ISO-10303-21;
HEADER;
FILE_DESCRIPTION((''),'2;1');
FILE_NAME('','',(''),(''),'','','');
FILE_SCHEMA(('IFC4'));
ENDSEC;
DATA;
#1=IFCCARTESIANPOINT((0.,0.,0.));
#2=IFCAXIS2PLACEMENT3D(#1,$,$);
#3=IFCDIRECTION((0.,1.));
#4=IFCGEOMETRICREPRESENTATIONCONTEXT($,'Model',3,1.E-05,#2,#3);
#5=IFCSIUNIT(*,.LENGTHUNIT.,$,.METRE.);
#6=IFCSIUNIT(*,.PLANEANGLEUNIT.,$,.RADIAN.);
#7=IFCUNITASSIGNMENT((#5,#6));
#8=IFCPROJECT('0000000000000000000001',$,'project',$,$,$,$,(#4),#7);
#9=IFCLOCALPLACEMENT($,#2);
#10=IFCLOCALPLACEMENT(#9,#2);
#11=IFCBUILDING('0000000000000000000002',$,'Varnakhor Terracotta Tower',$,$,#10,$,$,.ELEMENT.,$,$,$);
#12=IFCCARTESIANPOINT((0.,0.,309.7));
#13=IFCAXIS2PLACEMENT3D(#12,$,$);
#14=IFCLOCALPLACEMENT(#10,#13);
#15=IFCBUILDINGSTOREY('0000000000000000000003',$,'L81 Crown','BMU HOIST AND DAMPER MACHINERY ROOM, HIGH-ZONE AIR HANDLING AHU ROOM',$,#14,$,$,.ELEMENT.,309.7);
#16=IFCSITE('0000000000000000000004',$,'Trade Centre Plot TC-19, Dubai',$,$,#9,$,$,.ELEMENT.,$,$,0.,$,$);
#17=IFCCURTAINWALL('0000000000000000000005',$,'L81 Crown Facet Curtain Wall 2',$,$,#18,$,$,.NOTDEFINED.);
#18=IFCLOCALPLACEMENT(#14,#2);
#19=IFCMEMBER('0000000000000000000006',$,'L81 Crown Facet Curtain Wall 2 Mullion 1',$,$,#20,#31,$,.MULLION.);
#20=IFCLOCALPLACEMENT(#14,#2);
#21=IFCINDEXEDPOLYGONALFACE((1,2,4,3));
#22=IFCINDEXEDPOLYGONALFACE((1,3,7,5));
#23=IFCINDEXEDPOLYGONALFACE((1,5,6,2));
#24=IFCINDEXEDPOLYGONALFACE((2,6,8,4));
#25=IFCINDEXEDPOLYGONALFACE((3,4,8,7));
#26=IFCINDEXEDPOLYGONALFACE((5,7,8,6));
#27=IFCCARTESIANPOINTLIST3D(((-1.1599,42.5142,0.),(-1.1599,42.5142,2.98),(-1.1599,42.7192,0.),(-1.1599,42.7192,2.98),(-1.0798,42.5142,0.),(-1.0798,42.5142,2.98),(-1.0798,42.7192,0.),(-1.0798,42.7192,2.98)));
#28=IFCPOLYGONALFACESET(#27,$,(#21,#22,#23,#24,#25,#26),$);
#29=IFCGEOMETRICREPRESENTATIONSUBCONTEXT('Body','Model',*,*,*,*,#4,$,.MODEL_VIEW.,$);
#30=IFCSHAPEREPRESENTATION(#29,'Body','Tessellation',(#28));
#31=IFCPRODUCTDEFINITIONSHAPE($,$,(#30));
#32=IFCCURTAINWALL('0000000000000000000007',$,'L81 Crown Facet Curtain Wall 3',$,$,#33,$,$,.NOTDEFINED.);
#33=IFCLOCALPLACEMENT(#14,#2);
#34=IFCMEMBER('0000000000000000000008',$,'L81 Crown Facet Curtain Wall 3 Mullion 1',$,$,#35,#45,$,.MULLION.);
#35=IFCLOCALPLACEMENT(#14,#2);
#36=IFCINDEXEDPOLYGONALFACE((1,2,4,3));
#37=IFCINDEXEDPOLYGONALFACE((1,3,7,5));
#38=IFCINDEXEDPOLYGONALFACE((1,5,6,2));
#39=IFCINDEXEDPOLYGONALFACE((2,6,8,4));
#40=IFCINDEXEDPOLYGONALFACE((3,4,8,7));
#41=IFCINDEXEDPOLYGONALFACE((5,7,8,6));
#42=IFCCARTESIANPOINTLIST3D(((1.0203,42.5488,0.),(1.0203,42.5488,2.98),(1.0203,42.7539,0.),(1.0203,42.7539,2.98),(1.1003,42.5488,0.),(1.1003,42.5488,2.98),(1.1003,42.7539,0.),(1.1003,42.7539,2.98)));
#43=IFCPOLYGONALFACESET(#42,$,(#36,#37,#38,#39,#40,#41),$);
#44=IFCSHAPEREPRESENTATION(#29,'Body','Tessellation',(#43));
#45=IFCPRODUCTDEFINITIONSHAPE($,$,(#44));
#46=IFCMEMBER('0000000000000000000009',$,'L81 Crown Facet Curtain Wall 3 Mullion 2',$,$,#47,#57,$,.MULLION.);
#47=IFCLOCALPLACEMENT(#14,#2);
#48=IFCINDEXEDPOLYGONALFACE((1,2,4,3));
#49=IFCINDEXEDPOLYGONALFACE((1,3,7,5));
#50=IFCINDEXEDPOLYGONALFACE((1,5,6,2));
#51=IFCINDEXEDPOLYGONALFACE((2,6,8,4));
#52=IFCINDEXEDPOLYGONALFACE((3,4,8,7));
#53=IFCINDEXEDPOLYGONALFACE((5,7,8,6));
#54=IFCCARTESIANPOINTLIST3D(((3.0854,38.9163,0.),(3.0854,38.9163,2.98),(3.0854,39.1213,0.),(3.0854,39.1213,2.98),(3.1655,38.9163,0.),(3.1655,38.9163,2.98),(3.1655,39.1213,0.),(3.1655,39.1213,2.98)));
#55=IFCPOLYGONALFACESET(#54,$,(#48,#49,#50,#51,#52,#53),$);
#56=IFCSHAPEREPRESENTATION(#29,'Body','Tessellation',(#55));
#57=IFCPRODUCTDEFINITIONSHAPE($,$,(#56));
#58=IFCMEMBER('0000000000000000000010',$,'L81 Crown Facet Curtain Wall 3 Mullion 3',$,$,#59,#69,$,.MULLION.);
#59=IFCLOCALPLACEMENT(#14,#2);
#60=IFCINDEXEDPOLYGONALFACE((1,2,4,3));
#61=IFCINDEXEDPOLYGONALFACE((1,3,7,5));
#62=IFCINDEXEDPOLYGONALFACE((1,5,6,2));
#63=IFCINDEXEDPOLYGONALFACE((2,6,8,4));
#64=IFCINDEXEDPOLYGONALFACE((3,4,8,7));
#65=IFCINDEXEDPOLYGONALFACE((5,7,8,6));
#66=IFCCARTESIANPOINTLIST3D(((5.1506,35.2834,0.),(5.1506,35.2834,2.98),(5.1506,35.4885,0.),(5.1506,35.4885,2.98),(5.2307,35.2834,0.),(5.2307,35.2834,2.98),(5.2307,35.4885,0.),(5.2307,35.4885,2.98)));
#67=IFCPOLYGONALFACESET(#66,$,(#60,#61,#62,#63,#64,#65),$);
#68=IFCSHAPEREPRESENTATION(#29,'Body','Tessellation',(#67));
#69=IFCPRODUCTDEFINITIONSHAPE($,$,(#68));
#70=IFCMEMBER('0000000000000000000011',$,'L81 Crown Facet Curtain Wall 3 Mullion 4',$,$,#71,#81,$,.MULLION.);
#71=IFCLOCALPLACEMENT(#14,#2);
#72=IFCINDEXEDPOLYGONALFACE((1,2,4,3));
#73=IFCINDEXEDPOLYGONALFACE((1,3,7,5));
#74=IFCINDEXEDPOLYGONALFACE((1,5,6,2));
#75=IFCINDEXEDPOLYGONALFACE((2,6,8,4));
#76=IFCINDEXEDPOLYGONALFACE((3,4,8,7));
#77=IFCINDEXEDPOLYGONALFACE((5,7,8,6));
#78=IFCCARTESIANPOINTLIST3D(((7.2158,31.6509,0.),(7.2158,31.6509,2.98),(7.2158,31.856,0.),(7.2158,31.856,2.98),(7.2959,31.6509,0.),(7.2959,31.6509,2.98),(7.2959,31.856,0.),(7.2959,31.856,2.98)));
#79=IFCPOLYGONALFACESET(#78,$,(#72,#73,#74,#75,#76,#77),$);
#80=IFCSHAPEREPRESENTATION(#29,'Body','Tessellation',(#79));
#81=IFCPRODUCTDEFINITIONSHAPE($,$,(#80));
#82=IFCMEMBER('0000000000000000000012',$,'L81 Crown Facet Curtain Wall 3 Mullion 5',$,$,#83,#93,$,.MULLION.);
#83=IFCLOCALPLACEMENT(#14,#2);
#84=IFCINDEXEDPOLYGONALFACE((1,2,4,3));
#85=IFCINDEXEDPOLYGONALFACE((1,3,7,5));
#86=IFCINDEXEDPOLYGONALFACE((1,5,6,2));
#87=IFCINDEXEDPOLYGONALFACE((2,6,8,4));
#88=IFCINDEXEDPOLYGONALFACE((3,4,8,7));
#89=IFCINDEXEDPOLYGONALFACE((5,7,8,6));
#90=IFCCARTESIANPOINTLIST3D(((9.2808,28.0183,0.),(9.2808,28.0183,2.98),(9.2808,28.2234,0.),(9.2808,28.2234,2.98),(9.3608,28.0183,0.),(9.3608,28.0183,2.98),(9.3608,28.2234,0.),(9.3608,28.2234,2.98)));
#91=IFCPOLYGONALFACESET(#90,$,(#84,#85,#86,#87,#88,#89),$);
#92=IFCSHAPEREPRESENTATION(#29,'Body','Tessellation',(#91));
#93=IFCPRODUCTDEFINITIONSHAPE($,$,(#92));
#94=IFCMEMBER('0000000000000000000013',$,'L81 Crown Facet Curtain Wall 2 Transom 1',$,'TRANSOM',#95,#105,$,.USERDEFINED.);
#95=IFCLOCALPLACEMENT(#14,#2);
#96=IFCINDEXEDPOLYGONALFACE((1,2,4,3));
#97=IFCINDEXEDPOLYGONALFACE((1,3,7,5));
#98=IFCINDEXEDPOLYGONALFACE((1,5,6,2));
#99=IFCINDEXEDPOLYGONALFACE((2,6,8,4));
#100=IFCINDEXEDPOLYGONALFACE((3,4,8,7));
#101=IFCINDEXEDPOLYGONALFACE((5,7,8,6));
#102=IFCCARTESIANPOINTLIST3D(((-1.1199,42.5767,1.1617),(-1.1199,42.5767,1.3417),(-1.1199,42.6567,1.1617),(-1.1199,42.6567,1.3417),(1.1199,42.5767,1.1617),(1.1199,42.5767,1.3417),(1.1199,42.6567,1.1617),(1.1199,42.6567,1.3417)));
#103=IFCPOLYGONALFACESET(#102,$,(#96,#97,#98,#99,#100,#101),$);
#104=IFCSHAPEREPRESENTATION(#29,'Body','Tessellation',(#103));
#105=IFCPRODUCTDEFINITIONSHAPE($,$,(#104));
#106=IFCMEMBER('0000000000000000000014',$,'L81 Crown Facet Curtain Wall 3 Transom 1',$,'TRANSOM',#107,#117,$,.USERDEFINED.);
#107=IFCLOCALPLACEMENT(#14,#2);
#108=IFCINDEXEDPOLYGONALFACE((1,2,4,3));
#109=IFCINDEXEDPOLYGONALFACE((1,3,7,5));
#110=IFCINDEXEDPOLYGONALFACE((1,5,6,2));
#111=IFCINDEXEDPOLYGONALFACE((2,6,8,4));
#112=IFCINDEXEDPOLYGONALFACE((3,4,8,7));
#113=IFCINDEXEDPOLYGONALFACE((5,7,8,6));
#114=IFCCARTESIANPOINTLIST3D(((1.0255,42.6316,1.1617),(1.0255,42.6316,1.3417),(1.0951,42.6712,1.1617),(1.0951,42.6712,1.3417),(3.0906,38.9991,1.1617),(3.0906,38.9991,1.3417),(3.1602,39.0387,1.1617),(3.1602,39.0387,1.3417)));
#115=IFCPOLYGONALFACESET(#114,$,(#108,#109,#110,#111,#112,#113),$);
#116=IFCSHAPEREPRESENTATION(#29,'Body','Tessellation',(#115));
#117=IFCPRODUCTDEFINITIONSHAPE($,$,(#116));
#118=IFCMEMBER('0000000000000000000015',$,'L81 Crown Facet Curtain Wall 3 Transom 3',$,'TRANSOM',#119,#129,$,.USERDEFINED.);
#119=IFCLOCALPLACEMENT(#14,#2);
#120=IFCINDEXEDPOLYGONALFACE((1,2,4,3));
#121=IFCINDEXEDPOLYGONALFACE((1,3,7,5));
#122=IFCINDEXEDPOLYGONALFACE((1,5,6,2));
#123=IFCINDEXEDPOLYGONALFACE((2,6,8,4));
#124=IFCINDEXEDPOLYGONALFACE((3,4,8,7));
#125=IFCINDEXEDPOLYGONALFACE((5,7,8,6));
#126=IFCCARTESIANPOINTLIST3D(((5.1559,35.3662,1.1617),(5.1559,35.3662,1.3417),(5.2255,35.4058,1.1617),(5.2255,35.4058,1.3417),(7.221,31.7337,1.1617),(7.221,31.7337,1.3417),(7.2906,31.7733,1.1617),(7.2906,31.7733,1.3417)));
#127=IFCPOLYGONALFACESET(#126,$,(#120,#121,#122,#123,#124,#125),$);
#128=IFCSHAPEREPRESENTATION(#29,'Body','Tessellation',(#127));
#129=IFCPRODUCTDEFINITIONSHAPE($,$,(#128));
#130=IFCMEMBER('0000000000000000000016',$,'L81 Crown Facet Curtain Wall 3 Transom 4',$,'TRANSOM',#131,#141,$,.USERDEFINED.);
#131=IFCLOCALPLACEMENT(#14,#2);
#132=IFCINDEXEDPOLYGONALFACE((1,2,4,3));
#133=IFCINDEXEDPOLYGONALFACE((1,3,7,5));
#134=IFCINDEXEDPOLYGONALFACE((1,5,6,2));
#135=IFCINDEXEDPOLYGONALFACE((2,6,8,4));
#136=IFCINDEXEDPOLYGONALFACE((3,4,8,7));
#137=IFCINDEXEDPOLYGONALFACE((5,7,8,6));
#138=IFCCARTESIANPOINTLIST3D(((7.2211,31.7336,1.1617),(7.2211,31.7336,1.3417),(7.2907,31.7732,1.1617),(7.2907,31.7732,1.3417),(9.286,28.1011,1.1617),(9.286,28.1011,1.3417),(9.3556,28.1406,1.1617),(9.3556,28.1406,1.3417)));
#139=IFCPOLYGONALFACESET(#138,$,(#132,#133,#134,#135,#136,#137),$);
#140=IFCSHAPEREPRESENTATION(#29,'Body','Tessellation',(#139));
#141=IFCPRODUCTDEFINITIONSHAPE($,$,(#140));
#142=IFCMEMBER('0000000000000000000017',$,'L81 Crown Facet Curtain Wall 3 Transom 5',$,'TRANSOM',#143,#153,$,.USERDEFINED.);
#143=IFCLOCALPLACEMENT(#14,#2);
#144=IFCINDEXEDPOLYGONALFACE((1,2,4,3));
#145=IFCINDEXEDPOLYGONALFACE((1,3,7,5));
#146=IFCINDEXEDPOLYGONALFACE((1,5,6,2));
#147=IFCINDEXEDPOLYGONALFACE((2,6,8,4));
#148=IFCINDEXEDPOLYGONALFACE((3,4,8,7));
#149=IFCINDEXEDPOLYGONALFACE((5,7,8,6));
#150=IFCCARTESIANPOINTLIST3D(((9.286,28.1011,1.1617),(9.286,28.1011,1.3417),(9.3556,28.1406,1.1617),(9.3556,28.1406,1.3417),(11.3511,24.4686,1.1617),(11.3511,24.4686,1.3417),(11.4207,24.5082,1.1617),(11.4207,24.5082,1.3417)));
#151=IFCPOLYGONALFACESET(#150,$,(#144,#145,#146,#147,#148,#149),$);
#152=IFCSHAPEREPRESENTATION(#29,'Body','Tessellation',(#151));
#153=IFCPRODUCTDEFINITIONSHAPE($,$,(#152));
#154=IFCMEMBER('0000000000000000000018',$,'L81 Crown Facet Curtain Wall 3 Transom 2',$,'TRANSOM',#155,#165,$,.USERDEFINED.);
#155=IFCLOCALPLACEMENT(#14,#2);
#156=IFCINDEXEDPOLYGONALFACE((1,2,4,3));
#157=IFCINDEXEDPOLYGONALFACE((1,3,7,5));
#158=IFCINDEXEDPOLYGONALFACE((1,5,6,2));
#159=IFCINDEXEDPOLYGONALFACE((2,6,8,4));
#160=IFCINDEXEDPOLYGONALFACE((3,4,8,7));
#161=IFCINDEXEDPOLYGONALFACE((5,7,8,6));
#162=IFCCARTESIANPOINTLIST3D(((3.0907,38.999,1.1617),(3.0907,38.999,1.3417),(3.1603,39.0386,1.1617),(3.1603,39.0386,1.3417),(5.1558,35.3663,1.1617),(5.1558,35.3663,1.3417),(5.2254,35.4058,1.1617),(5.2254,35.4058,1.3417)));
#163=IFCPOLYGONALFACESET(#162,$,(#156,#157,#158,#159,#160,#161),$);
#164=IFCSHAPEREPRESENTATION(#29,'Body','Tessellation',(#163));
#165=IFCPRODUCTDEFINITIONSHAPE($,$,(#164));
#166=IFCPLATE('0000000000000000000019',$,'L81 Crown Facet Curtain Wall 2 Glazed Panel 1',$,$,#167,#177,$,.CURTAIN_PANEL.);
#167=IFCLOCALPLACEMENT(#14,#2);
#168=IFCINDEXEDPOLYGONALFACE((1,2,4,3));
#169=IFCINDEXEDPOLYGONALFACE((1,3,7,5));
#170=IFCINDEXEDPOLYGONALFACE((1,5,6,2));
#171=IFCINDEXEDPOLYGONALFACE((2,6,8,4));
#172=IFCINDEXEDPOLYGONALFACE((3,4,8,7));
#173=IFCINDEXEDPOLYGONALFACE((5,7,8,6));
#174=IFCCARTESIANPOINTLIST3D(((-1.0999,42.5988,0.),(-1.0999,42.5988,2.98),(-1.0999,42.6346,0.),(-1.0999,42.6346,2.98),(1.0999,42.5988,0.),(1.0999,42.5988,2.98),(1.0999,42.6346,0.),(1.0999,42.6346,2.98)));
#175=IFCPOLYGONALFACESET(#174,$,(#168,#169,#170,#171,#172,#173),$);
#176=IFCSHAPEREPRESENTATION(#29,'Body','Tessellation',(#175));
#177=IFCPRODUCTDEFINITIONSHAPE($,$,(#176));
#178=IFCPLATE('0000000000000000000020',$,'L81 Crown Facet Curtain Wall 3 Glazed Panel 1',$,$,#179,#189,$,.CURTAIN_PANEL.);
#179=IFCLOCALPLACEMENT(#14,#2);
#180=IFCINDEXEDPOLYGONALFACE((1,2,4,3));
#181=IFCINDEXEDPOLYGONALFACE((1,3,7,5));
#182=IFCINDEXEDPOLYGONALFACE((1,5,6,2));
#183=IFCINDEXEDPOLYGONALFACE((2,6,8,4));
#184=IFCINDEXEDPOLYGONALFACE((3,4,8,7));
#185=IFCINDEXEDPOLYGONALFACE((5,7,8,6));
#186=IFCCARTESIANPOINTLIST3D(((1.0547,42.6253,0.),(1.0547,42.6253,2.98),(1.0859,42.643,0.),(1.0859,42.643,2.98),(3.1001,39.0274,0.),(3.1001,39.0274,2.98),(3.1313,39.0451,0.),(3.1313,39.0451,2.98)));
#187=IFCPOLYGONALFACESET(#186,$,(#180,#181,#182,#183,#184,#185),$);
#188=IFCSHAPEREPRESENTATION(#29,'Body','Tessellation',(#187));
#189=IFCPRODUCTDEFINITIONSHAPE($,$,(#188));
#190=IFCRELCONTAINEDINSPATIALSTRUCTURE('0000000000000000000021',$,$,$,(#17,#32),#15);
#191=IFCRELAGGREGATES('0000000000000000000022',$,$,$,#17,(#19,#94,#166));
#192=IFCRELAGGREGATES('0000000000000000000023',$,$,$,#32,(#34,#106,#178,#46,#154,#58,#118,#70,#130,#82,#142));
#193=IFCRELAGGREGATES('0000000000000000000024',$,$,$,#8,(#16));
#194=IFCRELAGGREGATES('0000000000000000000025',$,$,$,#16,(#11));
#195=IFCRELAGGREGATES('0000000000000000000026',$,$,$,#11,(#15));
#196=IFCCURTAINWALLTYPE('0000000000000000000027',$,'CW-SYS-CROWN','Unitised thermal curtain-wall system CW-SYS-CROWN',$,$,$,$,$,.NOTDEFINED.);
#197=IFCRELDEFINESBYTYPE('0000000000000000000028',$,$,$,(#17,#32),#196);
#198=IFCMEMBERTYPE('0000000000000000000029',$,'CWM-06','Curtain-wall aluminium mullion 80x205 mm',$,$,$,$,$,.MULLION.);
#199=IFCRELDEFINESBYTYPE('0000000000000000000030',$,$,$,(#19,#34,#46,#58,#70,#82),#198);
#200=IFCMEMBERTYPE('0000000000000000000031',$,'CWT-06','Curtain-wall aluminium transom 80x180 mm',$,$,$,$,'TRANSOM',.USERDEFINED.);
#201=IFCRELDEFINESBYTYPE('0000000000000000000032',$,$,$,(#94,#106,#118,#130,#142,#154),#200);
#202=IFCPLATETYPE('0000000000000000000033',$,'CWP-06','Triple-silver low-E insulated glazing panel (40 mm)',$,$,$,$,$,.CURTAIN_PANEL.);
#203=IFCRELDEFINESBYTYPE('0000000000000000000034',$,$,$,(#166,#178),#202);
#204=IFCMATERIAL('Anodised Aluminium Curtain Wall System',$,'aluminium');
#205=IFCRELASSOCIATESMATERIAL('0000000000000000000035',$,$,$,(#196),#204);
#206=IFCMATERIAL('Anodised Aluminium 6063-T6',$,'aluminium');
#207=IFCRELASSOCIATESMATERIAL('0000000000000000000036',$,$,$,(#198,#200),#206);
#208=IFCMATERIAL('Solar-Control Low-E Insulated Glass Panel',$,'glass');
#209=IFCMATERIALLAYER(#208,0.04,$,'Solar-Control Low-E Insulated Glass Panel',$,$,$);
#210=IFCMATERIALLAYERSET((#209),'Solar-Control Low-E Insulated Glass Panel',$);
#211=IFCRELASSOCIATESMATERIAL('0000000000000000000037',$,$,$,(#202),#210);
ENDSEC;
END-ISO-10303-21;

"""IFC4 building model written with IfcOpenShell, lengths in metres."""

from ifc_helpers import new_model, si_unit, direction, frame, origin, origin_2d, place, context, subcontext, project, spatial, rectangle, extrude, source, transform, mapped, material, layer, layer_set, material_profile, profile_set, type_object, type_shapes, element, aggregate, save


model = new_model("IFC4")

# Units and contexts
model_context = context("Model", 3, precision=1e-05, world=origin(), true_north=direction((0.0, 1.0)))
body_context = subcontext(model_context, "Body", "Model", "MODEL_VIEW")
ifc_project = project(units=[si_unit("LENGTHUNIT", "METRE"), si_unit("PLANEANGLEUNIT", "RADIAN")], contexts=[model_context])

# Site, building, storey
site_placement = place(None, origin())
site = spatial("IfcSite", under=ifc_project, at=site_placement, Name="Trade Centre Plot TC-19, Dubai", CompositionType="ELEMENT", RefElevation=0.0)
building_placement = place(site_placement, origin())
building = spatial("IfcBuilding", under=site, at=building_placement, Name="Varnakhor Terracotta Tower", CompositionType="ELEMENT")
storey_placement = place(building_placement, frame((0.0, 0.0, 309.7)))
storey = spatial("IfcBuildingStorey", under=building, at=storey_placement, Name="L81 Crown", Description="BMU HOIST AND DAMPER MACHINERY ROOM, HIGH-ZONE AIR HANDLING AHU ROOM", CompositionType="ELEMENT", Elevation=309.7)

# Curtain wall, member
ifc_material_1 = material(Name="Anodised Aluminium Curtain Wall System", Category="aluminium")
curtain_wall_type = type_object("IfcCurtainWallType", Name="CW-SYS-CROWN", Description="Unitised thermal curtain-wall system CW-SYS-CROWN", PredefinedType="NOTDEFINED", material=ifc_material_1)
curtain_wall_1_placement = place(storey_placement, origin())
curtain_wall_1 = element("IfcCurtainWall", 1, at=curtain_wall_1_placement, inside=storey, type_object=curtain_wall_type, Name="L81 Crown Facet Curtain Wall 2", PredefinedType="NOTDEFINED")
ifc_material_2 = material(Name="Anodised Aluminium 6063-T6", Category="aluminium")
ifc_material_profile_1 = material_profile(ifc_material_2, rectangle(XDim=0.0801, YDim=0.2051, at=origin_2d()), Name="ALU MULLION 80x205")
ifc_profile_set_1 = profile_set([ifc_material_profile_1], Name="Anodised Aluminium 6063-T6")
member_type_1 = type_object("IfcMemberType", Name="CWM-06", Description="Curtain-wall aluminium mullion 80x205 mm", PredefinedType="MULLION", material=ifc_profile_set_1)
shared_shape_1 = source(origin(), body_context, "Body", "SweptSolid", [
    extrude(rectangle(XDim=0.0801, YDim=0.2051, at=origin_2d()), origin(), (0.0, 0.0, 1.0), 2.98),
])
type_shapes(member_type_1, [shared_shape_1])
member_1_placement = place(storey_placement, frame((-1.1199, 42.6167, 0.0), z_axis=(0.0, 0.0, 1.0), x_axis=(1.0, 0.0, 0.0)))
member_1 = element("IfcMember", 2, at=member_1_placement, type_object=member_type_1, Name="L81 Crown Facet Curtain Wall 2 Mullion 1", PredefinedType="MULLION", context=body_context, shape_type="MappedRepresentation", body=[
    mapped(shared_shape_1, transform((0.0, 0.0, 0.0), scale=1.0)),
])

# Curtain wall, members
curtain_wall_2_placement = place(storey_placement, origin())
curtain_wall_2 = element("IfcCurtainWall", 3, at=curtain_wall_2_placement, inside=storey, type_object=curtain_wall_type, Name="L81 Crown Facet Curtain Wall 3", PredefinedType="NOTDEFINED")
member_2_placement = place(storey_placement, frame((1.0603, 42.6514, 0.0), z_axis=(0.0, 0.0, 1.0), x_axis=(1.0, 0.0, 0.0)))
member_2 = element("IfcMember", 4, at=member_2_placement, type_object=member_type_1, Name="L81 Crown Facet Curtain Wall 3 Mullion 1", PredefinedType="MULLION", context=body_context, shape_type="MappedRepresentation", body=[
    mapped(shared_shape_1, transform((0.0, 0.0, 0.0), scale=1.0)),
])
member_3_placement = place(storey_placement, frame((3.1255, 39.0188, 0.0), z_axis=(0.0, 0.0, 1.0), x_axis=(1.0, 0.0, 0.0)))
member_3 = element("IfcMember", 5, at=member_3_placement, type_object=member_type_1, Name="L81 Crown Facet Curtain Wall 3 Mullion 2", PredefinedType="MULLION", context=body_context, shape_type="MappedRepresentation", body=[
    mapped(shared_shape_1, transform((0.0, 0.0, 0.0), scale=1.0)),
])
member_4_placement = place(storey_placement, frame((5.1907, 35.386, 0.0), z_axis=(0.0, 0.0, 1.0), x_axis=(1.0, 0.0, 0.0)))
member_4 = element("IfcMember", 6, at=member_4_placement, type_object=member_type_1, Name="L81 Crown Facet Curtain Wall 3 Mullion 3", PredefinedType="MULLION", context=body_context, shape_type="MappedRepresentation", body=[
    mapped(shared_shape_1, transform((0.0, 0.0, 0.0), scale=1.0)),
])
member_5_placement = place(storey_placement, frame((7.2559, 31.7534, 0.0), z_axis=(0.0, 0.0, 1.0), x_axis=(1.0, 0.0, 0.0)))
member_5 = element("IfcMember", 7, at=member_5_placement, type_object=member_type_1, Name="L81 Crown Facet Curtain Wall 3 Mullion 4", PredefinedType="MULLION", context=body_context, shape_type="MappedRepresentation", body=[
    mapped(shared_shape_1, transform((0.0, 0.0, 0.0), scale=1.0)),
])
member_6_placement = place(storey_placement, frame((9.3208, 28.1208, 0.0), z_axis=(0.0, 0.0, 1.0), x_axis=(1.0, 0.0, 0.0)))
member_6 = element("IfcMember", 8, at=member_6_placement, type_object=member_type_1, Name="L81 Crown Facet Curtain Wall 3 Mullion 5", PredefinedType="MULLION", context=body_context, shape_type="MappedRepresentation", body=[
    mapped(shared_shape_1, transform((0.0, 0.0, 0.0), scale=1.0)),
])

# Members
ifc_material_profile_2 = material_profile(ifc_material_2, rectangle(XDim=0.0801, YDim=0.1799, at=origin_2d()), Name="ALU TRANSOM 80x180")
ifc_profile_set_2 = profile_set([ifc_material_profile_2], Name="Anodised Aluminium 6063-T6")
member_type_2 = type_object("IfcMemberType", Name="CWT-06", Description="Curtain-wall aluminium transom 80x180 mm", ElementType="TRANSOM", PredefinedType="USERDEFINED", material=ifc_profile_set_2)
shared_shape_2 = source(origin(), body_context, "Body", "SweptSolid", [
    extrude(rectangle(XDim=0.0801, YDim=0.1799, at=origin_2d()), origin(), (0.0, 0.0, 1.0), 2.2397),
])
member_7_placement = place(storey_placement, frame((-1.1199, 42.6167, 1.2517), z_axis=(1.0, 0.0, 0.0), x_axis=(0.0, 1.0, 0.0)))
member_7 = element("IfcMember", 9, at=member_7_placement, type_object=member_type_2, Name="L81 Crown Facet Curtain Wall 2 Transom 1", ObjectType="TRANSOM", PredefinedType="USERDEFINED", context=body_context, shape_type="MappedRepresentation", body=[
    mapped(shared_shape_2, transform((0.0, 0.0, 0.0), scale=1.0)),
])
shared_shape_3 = source(origin(), body_context, "Body", "SweptSolid", [
    extrude(rectangle(XDim=0.0801, YDim=0.1799, at=origin_2d()), origin(), (0.0, 0.0, 1.0), 4.1785),
])
member_8_placement = place(storey_placement, frame((1.0603, 42.6514, 1.2517), z_axis=(0.494231, -0.86933, 0.0), x_axis=(0.86933, 0.494231, 0.0)))
member_8 = element("IfcMember", 10, at=member_8_placement, type_object=member_type_2, Name="L81 Crown Facet Curtain Wall 3 Transom 1", ObjectType="TRANSOM", PredefinedType="USERDEFINED", context=body_context, shape_type="MappedRepresentation", body=[
    mapped(shared_shape_3, transform((0.0, 0.0, 0.0), scale=1.0)),
])
member_9_placement = place(storey_placement, frame((5.1907, 35.386, 1.2517), z_axis=(0.494231, -0.86933, 0.0), x_axis=(0.86933, 0.494231, 0.0)))
member_9 = element("IfcMember", 11, at=member_9_placement, type_object=member_type_2, Name="L81 Crown Facet Curtain Wall 3 Transom 3", ObjectType="TRANSOM", PredefinedType="USERDEFINED", context=body_context, shape_type="MappedRepresentation", body=[
    mapped(shared_shape_3, transform((0.0, 0.0, 0.0), scale=1.0)),
])
member_10_placement = place(storey_placement, frame((7.2559, 31.7534, 1.2517), z_axis=(0.494187, -0.869356, 0.0), x_axis=(0.869356, 0.494187, 0.0)))
member_10 = element("IfcMember", 12, at=member_10_placement, type_object=member_type_2, Name="L81 Crown Facet Curtain Wall 3 Transom 4", ObjectType="TRANSOM", PredefinedType="USERDEFINED", context=body_context, shape_type="MappedRepresentation", body=[
    mapped(shared_shape_3, transform((0.0, 0.0, 0.0), scale=1.0)),
])
member_11_placement = place(storey_placement, frame((9.3208, 28.1208, 1.2517), z_axis=(0.494231, -0.86933, 0.0), x_axis=(0.86933, 0.494231, 0.0)))
member_11 = element("IfcMember", 13, at=member_11_placement, type_object=member_type_2, Name="L81 Crown Facet Curtain Wall 3 Transom 5", ObjectType="TRANSOM", PredefinedType="USERDEFINED", context=body_context, shape_type="MappedRepresentation", body=[
    mapped(shared_shape_3, transform((0.0, 0.0, 0.0), scale=1.0)),
])
shared_shape_4 = source(origin(), body_context, "Body", "SweptSolid", [
    extrude(rectangle(XDim=0.0801, YDim=0.1799, at=origin_2d()), origin(), (0.0, 0.0, 1.0), 4.1787),
])
member_12_placement = place(storey_placement, frame((3.1255, 39.0188, 1.2517), z_axis=(0.494206, -0.869345, 0.0), x_axis=(0.869345, 0.494206, 0.0)))
member_12 = element("IfcMember", 14, at=member_12_placement, type_object=member_type_2, Name="L81 Crown Facet Curtain Wall 3 Transom 2", ObjectType="TRANSOM", PredefinedType="USERDEFINED", context=body_context, shape_type="MappedRepresentation", body=[
    mapped(shared_shape_4, transform((0.0, 0.0, 0.0), scale=1.0)),
])

# Plates
ifc_material_3 = material(Name="Solar-Control Low-E Insulated Glass Panel", Category="glass")
ifc_layer = layer(ifc_material_3, 0.04, Name="Solar-Control Low-E Insulated Glass Panel")
ifc_layer_set = layer_set([ifc_layer], Name="Solar-Control Low-E Insulated Glass Panel")
plate_type = type_object("IfcPlateType", Name="CWP-06", Description="Triple-silver low-E insulated glazing panel (40 mm)", PredefinedType="CURTAIN_PANEL", material=ifc_layer_set)
shared_shape_5 = source(origin(), body_context, "Body", "SweptSolid", [
    extrude(rectangle(XDim=2.1997, YDim=0.0359, at=origin_2d()), origin(), (0.0, 0.0, 1.0), 2.98),
])
plate_1_placement = place(storey_placement, frame((0.0, 42.6167, 0.0), z_axis=(0.0, 0.0, 1.0), x_axis=(1.0, 0.0, 0.0)))
plate_1 = element("IfcPlate", 15, at=plate_1_placement, type_object=plate_type, Name="L81 Crown Facet Curtain Wall 2 Glazed Panel 1", PredefinedType="CURTAIN_PANEL", context=body_context, shape_type="MappedRepresentation", body=[
    mapped(shared_shape_5, transform((0.0, 0.0, 0.0), scale=1.0)),
])
aggregate(curtain_wall_1, [member_1, member_7, plate_1])
shared_shape_6 = source(origin(), body_context, "Body", "SweptSolid", [
    extrude(rectangle(XDim=4.1387, YDim=0.0359, at=origin_2d()), origin(), (0.0, 0.0, 1.0), 2.98),
])
plate_2_placement = place(storey_placement, frame((2.093, 40.8352, 0.0), z_axis=(0.0, 0.0, 1.0), x_axis=(0.494215, -0.86934, 0.0)))
plate_2 = element("IfcPlate", 16, at=plate_2_placement, type_object=plate_type, Name="L81 Crown Facet Curtain Wall 3 Glazed Panel 1", PredefinedType="CURTAIN_PANEL", context=body_context, shape_type="MappedRepresentation", body=[
    mapped(shared_shape_6, transform((0.0, 0.0, 0.0), scale=1.0)),
])
aggregate(curtain_wall_2, [member_2, member_8, plate_2, member_3, member_12, member_4, member_9, member_5, member_10, member_6, member_11])

save(model, "model.ifc")
